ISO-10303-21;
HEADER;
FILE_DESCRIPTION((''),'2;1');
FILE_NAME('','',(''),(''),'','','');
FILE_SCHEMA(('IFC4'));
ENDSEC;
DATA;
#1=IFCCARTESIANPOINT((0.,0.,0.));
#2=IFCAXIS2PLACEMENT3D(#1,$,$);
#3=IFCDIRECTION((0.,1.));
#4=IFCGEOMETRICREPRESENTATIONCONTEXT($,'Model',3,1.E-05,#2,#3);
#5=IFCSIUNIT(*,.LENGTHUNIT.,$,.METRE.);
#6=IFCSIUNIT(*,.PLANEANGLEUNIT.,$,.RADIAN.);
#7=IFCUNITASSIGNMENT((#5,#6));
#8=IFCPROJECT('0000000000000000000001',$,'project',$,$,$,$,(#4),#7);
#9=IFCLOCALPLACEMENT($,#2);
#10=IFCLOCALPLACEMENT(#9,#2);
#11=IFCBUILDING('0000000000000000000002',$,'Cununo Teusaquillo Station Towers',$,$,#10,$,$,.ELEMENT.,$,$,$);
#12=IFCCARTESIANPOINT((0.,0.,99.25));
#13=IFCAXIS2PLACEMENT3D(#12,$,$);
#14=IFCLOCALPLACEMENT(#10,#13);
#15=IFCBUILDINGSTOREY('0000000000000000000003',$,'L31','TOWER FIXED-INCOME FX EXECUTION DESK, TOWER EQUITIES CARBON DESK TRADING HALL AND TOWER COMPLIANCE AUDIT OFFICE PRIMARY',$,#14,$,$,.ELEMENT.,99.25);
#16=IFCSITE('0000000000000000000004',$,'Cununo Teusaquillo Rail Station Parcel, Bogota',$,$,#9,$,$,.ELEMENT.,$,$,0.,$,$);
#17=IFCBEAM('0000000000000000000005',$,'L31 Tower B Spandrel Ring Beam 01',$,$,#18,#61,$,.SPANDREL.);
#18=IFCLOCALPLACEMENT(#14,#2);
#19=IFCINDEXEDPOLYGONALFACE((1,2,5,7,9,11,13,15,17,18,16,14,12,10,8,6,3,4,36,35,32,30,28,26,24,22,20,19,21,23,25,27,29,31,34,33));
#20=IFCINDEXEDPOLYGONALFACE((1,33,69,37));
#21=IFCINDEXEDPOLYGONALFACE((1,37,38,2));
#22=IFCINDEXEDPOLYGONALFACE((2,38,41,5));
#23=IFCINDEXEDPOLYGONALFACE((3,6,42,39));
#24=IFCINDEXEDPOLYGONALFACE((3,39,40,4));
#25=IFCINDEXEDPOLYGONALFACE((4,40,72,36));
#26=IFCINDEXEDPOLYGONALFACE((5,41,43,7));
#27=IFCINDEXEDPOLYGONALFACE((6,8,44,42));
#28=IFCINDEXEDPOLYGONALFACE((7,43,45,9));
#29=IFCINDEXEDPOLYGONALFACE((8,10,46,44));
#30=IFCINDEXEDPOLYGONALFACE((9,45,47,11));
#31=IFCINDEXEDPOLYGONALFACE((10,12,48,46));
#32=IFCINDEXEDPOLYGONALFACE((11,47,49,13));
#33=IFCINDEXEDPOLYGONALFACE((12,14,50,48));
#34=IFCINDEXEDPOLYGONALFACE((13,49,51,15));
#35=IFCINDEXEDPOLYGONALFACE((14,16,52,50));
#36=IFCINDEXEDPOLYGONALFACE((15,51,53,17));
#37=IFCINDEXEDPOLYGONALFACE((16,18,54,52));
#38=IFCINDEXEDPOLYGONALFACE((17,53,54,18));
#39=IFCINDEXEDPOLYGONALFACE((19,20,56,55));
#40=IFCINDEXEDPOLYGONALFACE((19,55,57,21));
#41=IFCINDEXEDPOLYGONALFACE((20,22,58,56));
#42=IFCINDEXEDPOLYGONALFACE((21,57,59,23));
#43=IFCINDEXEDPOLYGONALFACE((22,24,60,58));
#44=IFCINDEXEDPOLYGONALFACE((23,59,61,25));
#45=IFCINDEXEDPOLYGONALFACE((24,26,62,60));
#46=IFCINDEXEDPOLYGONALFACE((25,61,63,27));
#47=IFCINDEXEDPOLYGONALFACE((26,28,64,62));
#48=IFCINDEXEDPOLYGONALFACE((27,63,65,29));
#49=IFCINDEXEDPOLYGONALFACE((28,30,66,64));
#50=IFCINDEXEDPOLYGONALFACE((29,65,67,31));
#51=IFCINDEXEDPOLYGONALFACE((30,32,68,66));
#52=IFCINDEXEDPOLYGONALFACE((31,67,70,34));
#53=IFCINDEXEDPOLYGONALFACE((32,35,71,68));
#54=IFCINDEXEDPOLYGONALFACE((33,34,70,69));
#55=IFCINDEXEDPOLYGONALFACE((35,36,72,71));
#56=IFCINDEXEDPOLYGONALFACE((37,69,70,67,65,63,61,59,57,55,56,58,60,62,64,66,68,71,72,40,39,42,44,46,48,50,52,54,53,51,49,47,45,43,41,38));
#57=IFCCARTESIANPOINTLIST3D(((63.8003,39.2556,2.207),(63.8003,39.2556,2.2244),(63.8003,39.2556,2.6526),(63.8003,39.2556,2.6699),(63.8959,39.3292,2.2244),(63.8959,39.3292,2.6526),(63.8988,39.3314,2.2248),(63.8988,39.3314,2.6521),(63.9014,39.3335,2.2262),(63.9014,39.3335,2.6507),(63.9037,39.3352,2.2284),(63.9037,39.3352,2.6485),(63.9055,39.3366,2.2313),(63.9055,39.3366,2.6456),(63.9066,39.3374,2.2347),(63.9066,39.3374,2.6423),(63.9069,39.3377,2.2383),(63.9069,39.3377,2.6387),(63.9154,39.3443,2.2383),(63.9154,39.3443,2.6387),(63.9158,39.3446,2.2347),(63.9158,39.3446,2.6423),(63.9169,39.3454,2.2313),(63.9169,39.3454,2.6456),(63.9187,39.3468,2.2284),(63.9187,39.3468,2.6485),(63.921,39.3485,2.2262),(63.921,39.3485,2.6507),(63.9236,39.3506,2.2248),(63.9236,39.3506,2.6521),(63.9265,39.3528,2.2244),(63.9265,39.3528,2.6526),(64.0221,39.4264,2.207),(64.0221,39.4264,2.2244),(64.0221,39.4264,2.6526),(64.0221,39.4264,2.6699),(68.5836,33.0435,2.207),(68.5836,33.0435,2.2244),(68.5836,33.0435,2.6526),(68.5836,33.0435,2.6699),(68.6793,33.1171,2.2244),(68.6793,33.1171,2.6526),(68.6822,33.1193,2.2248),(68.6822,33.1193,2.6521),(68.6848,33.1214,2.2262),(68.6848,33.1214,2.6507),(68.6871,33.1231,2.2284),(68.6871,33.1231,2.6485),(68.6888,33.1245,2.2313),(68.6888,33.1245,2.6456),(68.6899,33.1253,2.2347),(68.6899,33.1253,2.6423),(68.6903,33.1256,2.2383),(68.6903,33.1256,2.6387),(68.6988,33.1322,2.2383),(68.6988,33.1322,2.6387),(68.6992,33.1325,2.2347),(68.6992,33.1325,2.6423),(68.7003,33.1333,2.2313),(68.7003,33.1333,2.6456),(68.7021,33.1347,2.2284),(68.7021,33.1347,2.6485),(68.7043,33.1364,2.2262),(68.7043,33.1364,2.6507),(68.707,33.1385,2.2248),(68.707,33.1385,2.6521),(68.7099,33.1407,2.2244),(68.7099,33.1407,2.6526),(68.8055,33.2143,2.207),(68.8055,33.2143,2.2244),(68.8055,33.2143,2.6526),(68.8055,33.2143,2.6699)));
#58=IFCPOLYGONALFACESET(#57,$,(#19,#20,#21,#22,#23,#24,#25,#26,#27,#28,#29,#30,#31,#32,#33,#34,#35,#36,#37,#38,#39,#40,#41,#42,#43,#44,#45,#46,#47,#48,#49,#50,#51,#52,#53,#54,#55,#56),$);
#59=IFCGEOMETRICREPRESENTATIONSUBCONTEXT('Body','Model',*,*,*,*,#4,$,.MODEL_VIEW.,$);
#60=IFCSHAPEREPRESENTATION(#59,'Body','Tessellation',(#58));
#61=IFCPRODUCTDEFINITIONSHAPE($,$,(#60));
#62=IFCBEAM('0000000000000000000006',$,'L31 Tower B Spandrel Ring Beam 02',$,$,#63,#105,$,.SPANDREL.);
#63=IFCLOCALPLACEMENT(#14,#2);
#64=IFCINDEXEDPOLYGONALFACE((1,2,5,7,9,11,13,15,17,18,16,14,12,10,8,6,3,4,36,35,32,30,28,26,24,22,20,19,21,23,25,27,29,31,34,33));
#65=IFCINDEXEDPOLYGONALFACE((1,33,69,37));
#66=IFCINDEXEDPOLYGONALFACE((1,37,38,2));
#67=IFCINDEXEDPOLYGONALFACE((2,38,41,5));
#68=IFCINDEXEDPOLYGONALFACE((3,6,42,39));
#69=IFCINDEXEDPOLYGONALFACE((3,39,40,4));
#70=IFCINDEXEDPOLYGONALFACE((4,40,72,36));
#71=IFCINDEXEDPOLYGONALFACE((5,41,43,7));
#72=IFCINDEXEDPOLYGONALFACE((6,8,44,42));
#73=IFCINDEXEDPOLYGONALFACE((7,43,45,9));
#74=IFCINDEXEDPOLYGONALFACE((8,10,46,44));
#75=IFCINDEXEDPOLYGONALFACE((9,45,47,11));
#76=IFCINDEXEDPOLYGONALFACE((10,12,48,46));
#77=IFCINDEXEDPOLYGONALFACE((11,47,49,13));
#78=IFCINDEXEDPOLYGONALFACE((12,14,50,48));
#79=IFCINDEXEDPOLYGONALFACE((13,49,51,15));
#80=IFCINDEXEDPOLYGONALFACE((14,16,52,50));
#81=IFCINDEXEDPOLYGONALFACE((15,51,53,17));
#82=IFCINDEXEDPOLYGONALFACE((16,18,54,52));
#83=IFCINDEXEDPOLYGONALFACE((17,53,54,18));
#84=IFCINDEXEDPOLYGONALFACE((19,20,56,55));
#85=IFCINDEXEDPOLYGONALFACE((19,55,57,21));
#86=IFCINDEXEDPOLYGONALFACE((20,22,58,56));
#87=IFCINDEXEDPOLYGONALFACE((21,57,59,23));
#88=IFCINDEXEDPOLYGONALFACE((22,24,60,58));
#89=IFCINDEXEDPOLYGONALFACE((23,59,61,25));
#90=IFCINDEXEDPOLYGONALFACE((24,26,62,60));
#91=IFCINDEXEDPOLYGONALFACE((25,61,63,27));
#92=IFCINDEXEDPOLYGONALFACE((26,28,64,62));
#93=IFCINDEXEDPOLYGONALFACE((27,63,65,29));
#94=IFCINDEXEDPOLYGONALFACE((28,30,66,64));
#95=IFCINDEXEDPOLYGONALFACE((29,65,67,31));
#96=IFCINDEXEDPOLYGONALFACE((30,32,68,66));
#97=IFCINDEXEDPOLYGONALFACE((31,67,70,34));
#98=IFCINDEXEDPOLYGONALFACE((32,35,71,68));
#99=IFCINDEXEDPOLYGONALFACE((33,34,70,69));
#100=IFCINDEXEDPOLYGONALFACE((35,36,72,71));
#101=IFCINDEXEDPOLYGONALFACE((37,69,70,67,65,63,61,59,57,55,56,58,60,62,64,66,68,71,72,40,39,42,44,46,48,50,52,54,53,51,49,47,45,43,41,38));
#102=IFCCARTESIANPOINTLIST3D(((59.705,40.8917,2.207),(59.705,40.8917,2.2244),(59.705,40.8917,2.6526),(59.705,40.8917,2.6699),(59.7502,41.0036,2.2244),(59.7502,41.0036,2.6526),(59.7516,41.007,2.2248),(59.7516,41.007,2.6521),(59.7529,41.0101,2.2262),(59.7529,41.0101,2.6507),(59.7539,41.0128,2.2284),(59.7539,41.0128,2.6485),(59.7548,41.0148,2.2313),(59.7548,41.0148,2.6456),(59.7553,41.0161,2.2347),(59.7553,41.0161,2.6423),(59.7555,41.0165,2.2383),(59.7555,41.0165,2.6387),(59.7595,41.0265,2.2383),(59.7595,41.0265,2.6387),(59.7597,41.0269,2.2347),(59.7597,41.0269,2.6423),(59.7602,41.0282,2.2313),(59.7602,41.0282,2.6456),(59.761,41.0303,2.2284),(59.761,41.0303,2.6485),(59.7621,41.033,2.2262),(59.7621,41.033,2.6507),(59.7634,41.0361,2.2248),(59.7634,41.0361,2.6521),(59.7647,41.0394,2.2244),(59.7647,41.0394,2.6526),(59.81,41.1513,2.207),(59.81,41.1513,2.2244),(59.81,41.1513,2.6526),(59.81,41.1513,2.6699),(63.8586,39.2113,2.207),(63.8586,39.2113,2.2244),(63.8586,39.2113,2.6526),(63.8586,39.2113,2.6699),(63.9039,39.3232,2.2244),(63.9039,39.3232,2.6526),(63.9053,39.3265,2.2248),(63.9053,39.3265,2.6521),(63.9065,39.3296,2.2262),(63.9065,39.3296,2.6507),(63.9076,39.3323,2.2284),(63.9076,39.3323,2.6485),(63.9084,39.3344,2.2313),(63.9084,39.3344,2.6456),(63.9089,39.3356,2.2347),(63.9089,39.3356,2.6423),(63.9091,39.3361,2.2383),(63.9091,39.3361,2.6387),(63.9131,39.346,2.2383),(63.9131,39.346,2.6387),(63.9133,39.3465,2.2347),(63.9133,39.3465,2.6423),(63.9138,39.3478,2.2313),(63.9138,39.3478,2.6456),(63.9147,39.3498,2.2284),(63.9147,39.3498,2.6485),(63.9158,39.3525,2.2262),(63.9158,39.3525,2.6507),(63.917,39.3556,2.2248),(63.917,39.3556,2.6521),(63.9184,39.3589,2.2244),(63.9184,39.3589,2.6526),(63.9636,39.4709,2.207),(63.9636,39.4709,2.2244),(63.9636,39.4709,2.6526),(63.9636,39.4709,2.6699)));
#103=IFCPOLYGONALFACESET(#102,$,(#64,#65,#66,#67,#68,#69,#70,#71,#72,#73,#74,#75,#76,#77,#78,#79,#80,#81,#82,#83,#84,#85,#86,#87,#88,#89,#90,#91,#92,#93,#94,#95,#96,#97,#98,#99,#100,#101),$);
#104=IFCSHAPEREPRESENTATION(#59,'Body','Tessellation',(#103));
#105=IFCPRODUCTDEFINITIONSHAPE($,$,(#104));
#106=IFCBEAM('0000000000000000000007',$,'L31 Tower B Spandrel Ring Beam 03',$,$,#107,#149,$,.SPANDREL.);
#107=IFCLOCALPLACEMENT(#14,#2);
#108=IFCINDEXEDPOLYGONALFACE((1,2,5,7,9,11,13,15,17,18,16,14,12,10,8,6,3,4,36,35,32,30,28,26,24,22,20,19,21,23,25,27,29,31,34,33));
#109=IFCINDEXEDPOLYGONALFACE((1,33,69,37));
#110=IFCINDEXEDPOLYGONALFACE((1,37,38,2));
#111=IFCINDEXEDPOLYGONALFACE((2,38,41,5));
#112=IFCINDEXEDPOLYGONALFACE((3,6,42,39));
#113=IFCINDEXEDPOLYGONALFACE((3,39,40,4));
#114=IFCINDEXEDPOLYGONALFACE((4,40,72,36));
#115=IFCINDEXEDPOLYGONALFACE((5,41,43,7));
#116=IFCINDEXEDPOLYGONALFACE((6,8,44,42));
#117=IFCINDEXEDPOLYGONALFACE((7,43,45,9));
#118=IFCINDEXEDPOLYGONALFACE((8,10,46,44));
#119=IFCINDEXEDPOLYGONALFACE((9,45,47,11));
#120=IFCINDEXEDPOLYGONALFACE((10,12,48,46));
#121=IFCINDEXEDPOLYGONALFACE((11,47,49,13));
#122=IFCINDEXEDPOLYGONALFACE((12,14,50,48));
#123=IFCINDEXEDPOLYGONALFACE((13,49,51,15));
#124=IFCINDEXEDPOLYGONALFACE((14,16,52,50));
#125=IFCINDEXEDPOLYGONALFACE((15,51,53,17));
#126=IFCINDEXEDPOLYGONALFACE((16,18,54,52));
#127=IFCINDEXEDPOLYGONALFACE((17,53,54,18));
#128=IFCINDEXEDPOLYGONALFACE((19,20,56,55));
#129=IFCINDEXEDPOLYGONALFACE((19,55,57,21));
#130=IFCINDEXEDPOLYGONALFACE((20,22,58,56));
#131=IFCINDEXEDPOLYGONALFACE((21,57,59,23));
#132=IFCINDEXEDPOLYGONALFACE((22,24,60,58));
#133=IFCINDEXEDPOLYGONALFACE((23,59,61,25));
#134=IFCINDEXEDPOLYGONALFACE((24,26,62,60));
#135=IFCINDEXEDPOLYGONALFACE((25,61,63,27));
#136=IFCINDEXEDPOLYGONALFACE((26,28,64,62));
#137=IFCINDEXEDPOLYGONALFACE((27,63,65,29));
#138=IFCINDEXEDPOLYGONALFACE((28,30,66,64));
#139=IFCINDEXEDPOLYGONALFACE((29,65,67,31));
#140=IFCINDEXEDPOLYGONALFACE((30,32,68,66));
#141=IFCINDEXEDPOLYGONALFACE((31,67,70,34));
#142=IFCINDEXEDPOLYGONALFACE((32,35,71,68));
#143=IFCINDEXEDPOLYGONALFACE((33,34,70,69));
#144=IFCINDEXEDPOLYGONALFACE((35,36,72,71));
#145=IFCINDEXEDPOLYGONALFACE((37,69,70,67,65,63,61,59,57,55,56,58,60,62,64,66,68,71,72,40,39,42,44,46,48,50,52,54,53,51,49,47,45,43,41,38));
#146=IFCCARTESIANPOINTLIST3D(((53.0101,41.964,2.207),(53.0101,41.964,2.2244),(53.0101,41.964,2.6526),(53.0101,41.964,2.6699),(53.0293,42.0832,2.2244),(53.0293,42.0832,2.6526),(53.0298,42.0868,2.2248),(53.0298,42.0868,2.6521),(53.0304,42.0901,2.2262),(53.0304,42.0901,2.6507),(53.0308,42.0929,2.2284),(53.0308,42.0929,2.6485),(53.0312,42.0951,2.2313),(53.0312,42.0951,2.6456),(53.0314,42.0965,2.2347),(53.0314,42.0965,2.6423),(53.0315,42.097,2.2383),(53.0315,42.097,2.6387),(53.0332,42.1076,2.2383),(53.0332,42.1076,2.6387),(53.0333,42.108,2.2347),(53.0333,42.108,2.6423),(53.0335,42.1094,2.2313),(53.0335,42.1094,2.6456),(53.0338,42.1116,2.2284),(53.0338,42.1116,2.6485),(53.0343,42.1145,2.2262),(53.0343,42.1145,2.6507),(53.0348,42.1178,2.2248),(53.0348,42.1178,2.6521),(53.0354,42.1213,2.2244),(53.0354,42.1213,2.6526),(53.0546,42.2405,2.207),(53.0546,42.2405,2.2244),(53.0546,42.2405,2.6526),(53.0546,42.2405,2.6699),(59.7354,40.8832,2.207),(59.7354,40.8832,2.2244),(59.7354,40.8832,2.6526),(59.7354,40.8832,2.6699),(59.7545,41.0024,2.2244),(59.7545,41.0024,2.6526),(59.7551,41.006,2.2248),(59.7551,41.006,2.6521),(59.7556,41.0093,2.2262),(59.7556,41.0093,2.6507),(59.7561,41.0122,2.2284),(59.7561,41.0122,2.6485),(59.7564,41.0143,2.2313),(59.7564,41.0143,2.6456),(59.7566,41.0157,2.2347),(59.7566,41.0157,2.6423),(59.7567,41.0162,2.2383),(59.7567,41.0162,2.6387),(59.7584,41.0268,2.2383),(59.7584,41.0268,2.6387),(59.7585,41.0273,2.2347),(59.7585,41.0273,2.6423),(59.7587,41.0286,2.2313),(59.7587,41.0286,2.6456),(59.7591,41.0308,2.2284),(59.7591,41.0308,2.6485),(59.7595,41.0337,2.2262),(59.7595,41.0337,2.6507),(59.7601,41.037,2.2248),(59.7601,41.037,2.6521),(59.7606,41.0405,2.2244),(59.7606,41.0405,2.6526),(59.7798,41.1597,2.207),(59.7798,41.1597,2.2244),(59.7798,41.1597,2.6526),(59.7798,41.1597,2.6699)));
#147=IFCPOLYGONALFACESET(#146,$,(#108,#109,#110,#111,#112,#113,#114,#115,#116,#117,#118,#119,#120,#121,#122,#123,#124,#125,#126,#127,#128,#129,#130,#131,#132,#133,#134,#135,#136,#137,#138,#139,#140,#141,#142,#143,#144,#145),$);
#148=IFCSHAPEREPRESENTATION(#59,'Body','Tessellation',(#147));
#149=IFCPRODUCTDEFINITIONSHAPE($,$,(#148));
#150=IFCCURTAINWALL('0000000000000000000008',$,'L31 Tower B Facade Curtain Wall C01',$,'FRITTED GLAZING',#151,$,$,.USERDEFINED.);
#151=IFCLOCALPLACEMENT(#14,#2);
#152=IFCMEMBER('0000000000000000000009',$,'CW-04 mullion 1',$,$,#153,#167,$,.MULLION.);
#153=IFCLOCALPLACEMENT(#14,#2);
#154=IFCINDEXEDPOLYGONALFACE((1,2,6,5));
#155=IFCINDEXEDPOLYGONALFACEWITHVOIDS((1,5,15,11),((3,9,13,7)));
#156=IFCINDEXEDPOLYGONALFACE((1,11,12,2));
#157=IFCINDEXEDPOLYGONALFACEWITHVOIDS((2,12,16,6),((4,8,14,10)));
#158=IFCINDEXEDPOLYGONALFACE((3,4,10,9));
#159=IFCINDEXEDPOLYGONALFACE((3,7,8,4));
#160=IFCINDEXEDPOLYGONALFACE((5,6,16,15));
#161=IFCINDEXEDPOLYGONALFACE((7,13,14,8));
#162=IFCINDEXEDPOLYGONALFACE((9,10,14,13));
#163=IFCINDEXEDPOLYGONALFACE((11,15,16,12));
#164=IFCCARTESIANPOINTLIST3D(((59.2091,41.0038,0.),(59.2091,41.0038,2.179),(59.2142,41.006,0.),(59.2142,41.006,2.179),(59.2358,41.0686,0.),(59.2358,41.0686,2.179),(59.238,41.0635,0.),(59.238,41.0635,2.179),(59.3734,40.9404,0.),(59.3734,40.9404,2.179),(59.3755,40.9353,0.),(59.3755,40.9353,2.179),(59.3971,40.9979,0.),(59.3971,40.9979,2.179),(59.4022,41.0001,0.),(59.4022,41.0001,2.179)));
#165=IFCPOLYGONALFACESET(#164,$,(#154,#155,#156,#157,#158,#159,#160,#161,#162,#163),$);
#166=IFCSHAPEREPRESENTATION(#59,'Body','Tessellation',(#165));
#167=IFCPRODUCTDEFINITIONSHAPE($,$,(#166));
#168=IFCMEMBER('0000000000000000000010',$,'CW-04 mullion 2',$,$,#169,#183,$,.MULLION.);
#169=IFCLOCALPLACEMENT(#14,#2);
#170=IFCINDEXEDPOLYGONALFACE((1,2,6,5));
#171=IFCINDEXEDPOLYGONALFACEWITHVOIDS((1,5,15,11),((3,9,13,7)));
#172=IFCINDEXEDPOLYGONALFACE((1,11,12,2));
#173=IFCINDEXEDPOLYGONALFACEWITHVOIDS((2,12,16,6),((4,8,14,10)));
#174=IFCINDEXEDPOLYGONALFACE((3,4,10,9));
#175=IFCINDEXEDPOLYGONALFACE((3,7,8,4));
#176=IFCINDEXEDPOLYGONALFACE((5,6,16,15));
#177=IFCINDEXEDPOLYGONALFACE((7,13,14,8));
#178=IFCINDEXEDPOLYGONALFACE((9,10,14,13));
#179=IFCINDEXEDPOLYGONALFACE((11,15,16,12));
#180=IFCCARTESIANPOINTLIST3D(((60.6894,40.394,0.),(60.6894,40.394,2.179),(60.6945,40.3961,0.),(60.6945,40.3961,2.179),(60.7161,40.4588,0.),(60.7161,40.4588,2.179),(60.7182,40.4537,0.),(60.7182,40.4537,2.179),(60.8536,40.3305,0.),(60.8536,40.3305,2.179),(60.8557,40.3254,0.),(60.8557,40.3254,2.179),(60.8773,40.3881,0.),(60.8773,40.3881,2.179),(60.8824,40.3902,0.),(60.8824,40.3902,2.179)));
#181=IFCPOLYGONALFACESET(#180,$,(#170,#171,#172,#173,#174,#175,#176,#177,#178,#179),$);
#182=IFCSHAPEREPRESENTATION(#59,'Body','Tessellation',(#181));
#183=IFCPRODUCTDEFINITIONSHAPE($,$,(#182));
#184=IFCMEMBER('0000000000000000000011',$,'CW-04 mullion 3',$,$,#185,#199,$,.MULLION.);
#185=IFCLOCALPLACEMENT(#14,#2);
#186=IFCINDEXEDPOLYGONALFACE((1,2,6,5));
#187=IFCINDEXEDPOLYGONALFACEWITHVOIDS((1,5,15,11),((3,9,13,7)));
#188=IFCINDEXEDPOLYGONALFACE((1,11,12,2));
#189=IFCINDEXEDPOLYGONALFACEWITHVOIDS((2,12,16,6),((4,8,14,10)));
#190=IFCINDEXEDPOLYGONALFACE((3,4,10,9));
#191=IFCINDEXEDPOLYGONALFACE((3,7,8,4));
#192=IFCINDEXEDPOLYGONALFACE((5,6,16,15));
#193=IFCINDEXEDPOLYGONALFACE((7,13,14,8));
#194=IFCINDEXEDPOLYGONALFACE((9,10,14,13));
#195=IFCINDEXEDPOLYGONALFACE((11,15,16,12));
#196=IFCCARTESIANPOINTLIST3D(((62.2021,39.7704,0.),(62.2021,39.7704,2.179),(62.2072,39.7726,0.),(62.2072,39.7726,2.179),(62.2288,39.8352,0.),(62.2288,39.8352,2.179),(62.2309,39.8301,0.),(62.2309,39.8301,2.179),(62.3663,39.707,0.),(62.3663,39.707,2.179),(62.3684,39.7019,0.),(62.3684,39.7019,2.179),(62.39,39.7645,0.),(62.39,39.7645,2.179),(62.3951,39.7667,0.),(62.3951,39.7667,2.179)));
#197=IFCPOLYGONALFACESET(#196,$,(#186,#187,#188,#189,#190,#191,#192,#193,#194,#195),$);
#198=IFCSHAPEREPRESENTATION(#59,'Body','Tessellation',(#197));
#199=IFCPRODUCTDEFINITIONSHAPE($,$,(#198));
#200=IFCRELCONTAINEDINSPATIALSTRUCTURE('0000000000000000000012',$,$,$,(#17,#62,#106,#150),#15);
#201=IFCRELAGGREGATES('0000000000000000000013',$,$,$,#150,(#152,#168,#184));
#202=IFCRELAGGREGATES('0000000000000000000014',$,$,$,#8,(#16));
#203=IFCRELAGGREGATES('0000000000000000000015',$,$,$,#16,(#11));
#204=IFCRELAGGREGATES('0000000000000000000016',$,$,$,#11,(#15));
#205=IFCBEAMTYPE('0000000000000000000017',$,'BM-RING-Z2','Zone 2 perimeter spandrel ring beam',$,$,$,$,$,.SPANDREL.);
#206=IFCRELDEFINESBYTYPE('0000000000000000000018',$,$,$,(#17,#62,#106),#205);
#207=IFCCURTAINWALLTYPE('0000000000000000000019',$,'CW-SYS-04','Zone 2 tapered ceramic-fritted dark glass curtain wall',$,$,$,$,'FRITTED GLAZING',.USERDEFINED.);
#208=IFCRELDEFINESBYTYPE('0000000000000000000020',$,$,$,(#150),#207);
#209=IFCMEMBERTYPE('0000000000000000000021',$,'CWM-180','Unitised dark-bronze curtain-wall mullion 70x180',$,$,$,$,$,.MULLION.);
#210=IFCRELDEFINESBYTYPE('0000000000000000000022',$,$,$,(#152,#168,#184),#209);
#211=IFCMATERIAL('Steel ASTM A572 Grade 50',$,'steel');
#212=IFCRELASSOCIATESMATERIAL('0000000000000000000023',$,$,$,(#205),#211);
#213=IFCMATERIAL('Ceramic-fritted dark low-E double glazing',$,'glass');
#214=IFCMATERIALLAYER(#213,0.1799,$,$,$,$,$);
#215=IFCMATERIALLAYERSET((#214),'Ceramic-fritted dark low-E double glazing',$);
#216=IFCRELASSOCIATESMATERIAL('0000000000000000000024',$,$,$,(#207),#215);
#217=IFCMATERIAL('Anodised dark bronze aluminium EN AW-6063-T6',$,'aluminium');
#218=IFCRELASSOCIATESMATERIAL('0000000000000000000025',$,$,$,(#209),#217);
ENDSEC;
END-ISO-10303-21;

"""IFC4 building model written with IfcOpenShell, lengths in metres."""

from ifc_helpers import new_model, si_unit, direction, frame, origin, origin_2d, place, context, subcontext, project, spatial, hollow_rectangle, i_section, extrude, material, layer, layer_set, material_profile, profile_set, type_object, element, aggregate, save


model = new_model("IFC4")

# Units and contexts
model_context = context("Model", 3, precision=1e-05, world=origin(), true_north=direction((0.0, 1.0)))
body_context = subcontext(model_context, "Body", "Model", "MODEL_VIEW")
ifc_project = project(units=[si_unit("LENGTHUNIT", "METRE"), si_unit("PLANEANGLEUNIT", "RADIAN")], contexts=[model_context])

# Site, building, storey
site_placement = place(None, origin())
site = spatial("IfcSite", under=ifc_project, at=site_placement, Name="Cununo Teusaquillo Rail Station Parcel, Bogota", CompositionType="ELEMENT", RefElevation=0.0)
building_placement = place(site_placement, origin())
building = spatial("IfcBuilding", under=site, at=building_placement, Name="Cununo Teusaquillo Station Towers", CompositionType="ELEMENT")
storey_placement = place(building_placement, frame((0.0, 0.0, 99.25)))
storey = spatial("IfcBuildingStorey", under=building, at=storey_placement, Name="L31", Description="TOWER FIXED-INCOME FX EXECUTION DESK, TOWER EQUITIES CARBON DESK TRADING HALL AND TOWER COMPLIANCE AUDIT OFFICE PRIMARY", CompositionType="ELEMENT", Elevation=99.25)

# Beams
ifc_material_1 = material(Name="Steel ASTM A572 Grade 50", Category="steel")
ifc_material_profile_1 = material_profile(ifc_material_1, i_section(OverallWidth=0.28, OverallDepth=0.4629, WebThickness=0.0107, FlangeThickness=0.0173, FilletRadius=0.0139, at=origin_2d()), Name="W18X76")
ifc_profile_set_1 = profile_set([ifc_material_profile_1], Name="Steel ASTM A572 Grade 50")
beam_type = type_object("IfcBeamType", Name="BM-RING-Z2", Description="Zone 2 perimeter spandrel ring beam", PredefinedType="SPANDREL", material=ifc_profile_set_1)
beam_1_placement = place(storey_placement, frame((68.6946, 33.1289, 2.4385), z_axis=(-0.6101, 0.792324, 0.0), x_axis=(-0.792324, -0.6101, 0.0)))
element("IfcBeam", 1, at=beam_1_placement, inside=storey, type_object=beam_type, Name="L31 Tower B Spandrel Ring Beam 01", PredefinedType="SPANDREL", context=body_context, shape_type="SweptSolid", body=[
    extrude(i_section(OverallWidth=0.28, OverallDepth=0.4629, WebThickness=0.0107, FlangeThickness=0.0173, FilletRadius=0.0139, at=origin_2d()), origin(), (0.0, 0.0, 1.0), 7.8403),
])
beam_2_placement = place(storey_placement, frame((63.9111, 39.3411, 2.4385), z_axis=(-0.927008, 0.375042, 0.0), x_axis=(-0.375042, -0.927008, 0.0)))
element("IfcBeam", 2, at=beam_2_placement, inside=storey, type_object=beam_type, Name="L31 Tower B Spandrel Ring Beam 02", PredefinedType="SPANDREL", context=body_context, shape_type="SweptSolid", body=[
    extrude(i_section(OverallWidth=0.28, OverallDepth=0.4629, WebThickness=0.0107, FlangeThickness=0.0173, FilletRadius=0.0139, at=origin_2d()), origin(), (0.0, 0.0, 1.0), 4.4807),
])
beam_3_placement = place(storey_placement, frame((59.7576, 41.0215, 2.4385), z_axis=(-0.987331, 0.158671, 0.0), x_axis=(-0.158671, -0.987331, 0.0)))
element("IfcBeam", 3, at=beam_3_placement, inside=storey, type_object=beam_type, Name="L31 Tower B Spandrel Ring Beam 03", PredefinedType="SPANDREL", context=body_context, shape_type="SweptSolid", body=[
    extrude(i_section(OverallWidth=0.28, OverallDepth=0.4629, WebThickness=0.0107, FlangeThickness=0.0173, FilletRadius=0.0139, at=origin_2d()), origin(), (0.0, 0.0, 1.0), 6.8115),
])

# Curtain wall, members
ifc_material_2 = material(Name="Ceramic-fritted dark low-E double glazing", Category="glass")
ifc_layer_1 = layer(ifc_material_2, 0.1799)
ifc_layer_set_1 = layer_set([ifc_layer_1], Name="Ceramic-fritted dark low-E double glazing")
curtain_wall_type = type_object("IfcCurtainWallType", Name="CW-SYS-04", Description="Zone 2 tapered ceramic-fritted dark glass curtain wall", ElementType="FRITTED GLAZING", PredefinedType="USERDEFINED", material=ifc_layer_set_1)
curtain_wall_placement = place(storey_placement, origin())
curtain_wall = element("IfcCurtainWall", 4, at=curtain_wall_placement, inside=storey, type_object=curtain_wall_type, Name="L31 Tower B Facade Curtain Wall C01", ObjectType="FRITTED GLAZING", PredefinedType="USERDEFINED")
ifc_material_3 = material(Name="Anodised dark bronze aluminium EN AW-6063-T6", Category="aluminium")
ifc_material_profile_2 = material_profile(ifc_material_3, hollow_rectangle(XDim=0.0701, YDim=0.1799, WallThickness=0.0039, at=origin_2d()), Name="CW-MULL-70x180")
ifc_profile_set_2 = profile_set([ifc_material_profile_2], Name="Anodised dark bronze aluminium EN AW-6063-T6")
member_type_1 = type_object("IfcMemberType", Name="CWM-180", Description="Unitised dark-bronze curtain-wall mullion 70x180", PredefinedType="MULLION", material=ifc_profile_set_2)
member_1_placement = place(storey_placement, frame((59.3057, 41.002, 0.0), z_axis=(0.0, 0.0, 1.0), x_axis=(0.381031, 0.924562, 0.0)))
member_1 = element("IfcMember", 5, at=member_1_placement, type_object=member_type_1, Name="CW-04 mullion 1", PredefinedType="MULLION", context=body_context, shape_type="SweptSolid", body=[
    extrude(hollow_rectangle(XDim=0.0701, YDim=0.1799, WallThickness=0.0039, at=origin_2d()), origin(), (0.0, 0.0, 1.0), 2.179),
])
member_2_placement = place(storey_placement, frame((60.7859, 40.3921, 0.0), z_axis=(0.0, 0.0, 1.0), x_axis=(0.381031, 0.924562, 0.0)))
member_2 = element("IfcMember", 6, at=member_2_placement, type_object=member_type_1, Name="CW-04 mullion 2", PredefinedType="MULLION", context=body_context, shape_type="SweptSolid", body=[
    extrude(hollow_rectangle(XDim=0.0701, YDim=0.1799, WallThickness=0.0039, at=origin_2d()), origin(), (0.0, 0.0, 1.0), 2.179),
])
member_3_placement = place(storey_placement, frame((62.2986, 39.7686, 0.0), z_axis=(0.0, 0.0, 1.0), x_axis=(0.381031, 0.924562, 0.0)))
member_3 = element("IfcMember", 7, at=member_3_placement, type_object=member_type_1, Name="CW-04 mullion 3", PredefinedType="MULLION", context=body_context, shape_type="SweptSolid", body=[
    extrude(hollow_rectangle(XDim=0.0701, YDim=0.1799, WallThickness=0.0039, at=origin_2d()), origin(), (0.0, 0.0, 1.0), 2.179),
])

aggregate(curtain_wall, [member_1, member_2, member_3])

save(model, "model.ifc")
